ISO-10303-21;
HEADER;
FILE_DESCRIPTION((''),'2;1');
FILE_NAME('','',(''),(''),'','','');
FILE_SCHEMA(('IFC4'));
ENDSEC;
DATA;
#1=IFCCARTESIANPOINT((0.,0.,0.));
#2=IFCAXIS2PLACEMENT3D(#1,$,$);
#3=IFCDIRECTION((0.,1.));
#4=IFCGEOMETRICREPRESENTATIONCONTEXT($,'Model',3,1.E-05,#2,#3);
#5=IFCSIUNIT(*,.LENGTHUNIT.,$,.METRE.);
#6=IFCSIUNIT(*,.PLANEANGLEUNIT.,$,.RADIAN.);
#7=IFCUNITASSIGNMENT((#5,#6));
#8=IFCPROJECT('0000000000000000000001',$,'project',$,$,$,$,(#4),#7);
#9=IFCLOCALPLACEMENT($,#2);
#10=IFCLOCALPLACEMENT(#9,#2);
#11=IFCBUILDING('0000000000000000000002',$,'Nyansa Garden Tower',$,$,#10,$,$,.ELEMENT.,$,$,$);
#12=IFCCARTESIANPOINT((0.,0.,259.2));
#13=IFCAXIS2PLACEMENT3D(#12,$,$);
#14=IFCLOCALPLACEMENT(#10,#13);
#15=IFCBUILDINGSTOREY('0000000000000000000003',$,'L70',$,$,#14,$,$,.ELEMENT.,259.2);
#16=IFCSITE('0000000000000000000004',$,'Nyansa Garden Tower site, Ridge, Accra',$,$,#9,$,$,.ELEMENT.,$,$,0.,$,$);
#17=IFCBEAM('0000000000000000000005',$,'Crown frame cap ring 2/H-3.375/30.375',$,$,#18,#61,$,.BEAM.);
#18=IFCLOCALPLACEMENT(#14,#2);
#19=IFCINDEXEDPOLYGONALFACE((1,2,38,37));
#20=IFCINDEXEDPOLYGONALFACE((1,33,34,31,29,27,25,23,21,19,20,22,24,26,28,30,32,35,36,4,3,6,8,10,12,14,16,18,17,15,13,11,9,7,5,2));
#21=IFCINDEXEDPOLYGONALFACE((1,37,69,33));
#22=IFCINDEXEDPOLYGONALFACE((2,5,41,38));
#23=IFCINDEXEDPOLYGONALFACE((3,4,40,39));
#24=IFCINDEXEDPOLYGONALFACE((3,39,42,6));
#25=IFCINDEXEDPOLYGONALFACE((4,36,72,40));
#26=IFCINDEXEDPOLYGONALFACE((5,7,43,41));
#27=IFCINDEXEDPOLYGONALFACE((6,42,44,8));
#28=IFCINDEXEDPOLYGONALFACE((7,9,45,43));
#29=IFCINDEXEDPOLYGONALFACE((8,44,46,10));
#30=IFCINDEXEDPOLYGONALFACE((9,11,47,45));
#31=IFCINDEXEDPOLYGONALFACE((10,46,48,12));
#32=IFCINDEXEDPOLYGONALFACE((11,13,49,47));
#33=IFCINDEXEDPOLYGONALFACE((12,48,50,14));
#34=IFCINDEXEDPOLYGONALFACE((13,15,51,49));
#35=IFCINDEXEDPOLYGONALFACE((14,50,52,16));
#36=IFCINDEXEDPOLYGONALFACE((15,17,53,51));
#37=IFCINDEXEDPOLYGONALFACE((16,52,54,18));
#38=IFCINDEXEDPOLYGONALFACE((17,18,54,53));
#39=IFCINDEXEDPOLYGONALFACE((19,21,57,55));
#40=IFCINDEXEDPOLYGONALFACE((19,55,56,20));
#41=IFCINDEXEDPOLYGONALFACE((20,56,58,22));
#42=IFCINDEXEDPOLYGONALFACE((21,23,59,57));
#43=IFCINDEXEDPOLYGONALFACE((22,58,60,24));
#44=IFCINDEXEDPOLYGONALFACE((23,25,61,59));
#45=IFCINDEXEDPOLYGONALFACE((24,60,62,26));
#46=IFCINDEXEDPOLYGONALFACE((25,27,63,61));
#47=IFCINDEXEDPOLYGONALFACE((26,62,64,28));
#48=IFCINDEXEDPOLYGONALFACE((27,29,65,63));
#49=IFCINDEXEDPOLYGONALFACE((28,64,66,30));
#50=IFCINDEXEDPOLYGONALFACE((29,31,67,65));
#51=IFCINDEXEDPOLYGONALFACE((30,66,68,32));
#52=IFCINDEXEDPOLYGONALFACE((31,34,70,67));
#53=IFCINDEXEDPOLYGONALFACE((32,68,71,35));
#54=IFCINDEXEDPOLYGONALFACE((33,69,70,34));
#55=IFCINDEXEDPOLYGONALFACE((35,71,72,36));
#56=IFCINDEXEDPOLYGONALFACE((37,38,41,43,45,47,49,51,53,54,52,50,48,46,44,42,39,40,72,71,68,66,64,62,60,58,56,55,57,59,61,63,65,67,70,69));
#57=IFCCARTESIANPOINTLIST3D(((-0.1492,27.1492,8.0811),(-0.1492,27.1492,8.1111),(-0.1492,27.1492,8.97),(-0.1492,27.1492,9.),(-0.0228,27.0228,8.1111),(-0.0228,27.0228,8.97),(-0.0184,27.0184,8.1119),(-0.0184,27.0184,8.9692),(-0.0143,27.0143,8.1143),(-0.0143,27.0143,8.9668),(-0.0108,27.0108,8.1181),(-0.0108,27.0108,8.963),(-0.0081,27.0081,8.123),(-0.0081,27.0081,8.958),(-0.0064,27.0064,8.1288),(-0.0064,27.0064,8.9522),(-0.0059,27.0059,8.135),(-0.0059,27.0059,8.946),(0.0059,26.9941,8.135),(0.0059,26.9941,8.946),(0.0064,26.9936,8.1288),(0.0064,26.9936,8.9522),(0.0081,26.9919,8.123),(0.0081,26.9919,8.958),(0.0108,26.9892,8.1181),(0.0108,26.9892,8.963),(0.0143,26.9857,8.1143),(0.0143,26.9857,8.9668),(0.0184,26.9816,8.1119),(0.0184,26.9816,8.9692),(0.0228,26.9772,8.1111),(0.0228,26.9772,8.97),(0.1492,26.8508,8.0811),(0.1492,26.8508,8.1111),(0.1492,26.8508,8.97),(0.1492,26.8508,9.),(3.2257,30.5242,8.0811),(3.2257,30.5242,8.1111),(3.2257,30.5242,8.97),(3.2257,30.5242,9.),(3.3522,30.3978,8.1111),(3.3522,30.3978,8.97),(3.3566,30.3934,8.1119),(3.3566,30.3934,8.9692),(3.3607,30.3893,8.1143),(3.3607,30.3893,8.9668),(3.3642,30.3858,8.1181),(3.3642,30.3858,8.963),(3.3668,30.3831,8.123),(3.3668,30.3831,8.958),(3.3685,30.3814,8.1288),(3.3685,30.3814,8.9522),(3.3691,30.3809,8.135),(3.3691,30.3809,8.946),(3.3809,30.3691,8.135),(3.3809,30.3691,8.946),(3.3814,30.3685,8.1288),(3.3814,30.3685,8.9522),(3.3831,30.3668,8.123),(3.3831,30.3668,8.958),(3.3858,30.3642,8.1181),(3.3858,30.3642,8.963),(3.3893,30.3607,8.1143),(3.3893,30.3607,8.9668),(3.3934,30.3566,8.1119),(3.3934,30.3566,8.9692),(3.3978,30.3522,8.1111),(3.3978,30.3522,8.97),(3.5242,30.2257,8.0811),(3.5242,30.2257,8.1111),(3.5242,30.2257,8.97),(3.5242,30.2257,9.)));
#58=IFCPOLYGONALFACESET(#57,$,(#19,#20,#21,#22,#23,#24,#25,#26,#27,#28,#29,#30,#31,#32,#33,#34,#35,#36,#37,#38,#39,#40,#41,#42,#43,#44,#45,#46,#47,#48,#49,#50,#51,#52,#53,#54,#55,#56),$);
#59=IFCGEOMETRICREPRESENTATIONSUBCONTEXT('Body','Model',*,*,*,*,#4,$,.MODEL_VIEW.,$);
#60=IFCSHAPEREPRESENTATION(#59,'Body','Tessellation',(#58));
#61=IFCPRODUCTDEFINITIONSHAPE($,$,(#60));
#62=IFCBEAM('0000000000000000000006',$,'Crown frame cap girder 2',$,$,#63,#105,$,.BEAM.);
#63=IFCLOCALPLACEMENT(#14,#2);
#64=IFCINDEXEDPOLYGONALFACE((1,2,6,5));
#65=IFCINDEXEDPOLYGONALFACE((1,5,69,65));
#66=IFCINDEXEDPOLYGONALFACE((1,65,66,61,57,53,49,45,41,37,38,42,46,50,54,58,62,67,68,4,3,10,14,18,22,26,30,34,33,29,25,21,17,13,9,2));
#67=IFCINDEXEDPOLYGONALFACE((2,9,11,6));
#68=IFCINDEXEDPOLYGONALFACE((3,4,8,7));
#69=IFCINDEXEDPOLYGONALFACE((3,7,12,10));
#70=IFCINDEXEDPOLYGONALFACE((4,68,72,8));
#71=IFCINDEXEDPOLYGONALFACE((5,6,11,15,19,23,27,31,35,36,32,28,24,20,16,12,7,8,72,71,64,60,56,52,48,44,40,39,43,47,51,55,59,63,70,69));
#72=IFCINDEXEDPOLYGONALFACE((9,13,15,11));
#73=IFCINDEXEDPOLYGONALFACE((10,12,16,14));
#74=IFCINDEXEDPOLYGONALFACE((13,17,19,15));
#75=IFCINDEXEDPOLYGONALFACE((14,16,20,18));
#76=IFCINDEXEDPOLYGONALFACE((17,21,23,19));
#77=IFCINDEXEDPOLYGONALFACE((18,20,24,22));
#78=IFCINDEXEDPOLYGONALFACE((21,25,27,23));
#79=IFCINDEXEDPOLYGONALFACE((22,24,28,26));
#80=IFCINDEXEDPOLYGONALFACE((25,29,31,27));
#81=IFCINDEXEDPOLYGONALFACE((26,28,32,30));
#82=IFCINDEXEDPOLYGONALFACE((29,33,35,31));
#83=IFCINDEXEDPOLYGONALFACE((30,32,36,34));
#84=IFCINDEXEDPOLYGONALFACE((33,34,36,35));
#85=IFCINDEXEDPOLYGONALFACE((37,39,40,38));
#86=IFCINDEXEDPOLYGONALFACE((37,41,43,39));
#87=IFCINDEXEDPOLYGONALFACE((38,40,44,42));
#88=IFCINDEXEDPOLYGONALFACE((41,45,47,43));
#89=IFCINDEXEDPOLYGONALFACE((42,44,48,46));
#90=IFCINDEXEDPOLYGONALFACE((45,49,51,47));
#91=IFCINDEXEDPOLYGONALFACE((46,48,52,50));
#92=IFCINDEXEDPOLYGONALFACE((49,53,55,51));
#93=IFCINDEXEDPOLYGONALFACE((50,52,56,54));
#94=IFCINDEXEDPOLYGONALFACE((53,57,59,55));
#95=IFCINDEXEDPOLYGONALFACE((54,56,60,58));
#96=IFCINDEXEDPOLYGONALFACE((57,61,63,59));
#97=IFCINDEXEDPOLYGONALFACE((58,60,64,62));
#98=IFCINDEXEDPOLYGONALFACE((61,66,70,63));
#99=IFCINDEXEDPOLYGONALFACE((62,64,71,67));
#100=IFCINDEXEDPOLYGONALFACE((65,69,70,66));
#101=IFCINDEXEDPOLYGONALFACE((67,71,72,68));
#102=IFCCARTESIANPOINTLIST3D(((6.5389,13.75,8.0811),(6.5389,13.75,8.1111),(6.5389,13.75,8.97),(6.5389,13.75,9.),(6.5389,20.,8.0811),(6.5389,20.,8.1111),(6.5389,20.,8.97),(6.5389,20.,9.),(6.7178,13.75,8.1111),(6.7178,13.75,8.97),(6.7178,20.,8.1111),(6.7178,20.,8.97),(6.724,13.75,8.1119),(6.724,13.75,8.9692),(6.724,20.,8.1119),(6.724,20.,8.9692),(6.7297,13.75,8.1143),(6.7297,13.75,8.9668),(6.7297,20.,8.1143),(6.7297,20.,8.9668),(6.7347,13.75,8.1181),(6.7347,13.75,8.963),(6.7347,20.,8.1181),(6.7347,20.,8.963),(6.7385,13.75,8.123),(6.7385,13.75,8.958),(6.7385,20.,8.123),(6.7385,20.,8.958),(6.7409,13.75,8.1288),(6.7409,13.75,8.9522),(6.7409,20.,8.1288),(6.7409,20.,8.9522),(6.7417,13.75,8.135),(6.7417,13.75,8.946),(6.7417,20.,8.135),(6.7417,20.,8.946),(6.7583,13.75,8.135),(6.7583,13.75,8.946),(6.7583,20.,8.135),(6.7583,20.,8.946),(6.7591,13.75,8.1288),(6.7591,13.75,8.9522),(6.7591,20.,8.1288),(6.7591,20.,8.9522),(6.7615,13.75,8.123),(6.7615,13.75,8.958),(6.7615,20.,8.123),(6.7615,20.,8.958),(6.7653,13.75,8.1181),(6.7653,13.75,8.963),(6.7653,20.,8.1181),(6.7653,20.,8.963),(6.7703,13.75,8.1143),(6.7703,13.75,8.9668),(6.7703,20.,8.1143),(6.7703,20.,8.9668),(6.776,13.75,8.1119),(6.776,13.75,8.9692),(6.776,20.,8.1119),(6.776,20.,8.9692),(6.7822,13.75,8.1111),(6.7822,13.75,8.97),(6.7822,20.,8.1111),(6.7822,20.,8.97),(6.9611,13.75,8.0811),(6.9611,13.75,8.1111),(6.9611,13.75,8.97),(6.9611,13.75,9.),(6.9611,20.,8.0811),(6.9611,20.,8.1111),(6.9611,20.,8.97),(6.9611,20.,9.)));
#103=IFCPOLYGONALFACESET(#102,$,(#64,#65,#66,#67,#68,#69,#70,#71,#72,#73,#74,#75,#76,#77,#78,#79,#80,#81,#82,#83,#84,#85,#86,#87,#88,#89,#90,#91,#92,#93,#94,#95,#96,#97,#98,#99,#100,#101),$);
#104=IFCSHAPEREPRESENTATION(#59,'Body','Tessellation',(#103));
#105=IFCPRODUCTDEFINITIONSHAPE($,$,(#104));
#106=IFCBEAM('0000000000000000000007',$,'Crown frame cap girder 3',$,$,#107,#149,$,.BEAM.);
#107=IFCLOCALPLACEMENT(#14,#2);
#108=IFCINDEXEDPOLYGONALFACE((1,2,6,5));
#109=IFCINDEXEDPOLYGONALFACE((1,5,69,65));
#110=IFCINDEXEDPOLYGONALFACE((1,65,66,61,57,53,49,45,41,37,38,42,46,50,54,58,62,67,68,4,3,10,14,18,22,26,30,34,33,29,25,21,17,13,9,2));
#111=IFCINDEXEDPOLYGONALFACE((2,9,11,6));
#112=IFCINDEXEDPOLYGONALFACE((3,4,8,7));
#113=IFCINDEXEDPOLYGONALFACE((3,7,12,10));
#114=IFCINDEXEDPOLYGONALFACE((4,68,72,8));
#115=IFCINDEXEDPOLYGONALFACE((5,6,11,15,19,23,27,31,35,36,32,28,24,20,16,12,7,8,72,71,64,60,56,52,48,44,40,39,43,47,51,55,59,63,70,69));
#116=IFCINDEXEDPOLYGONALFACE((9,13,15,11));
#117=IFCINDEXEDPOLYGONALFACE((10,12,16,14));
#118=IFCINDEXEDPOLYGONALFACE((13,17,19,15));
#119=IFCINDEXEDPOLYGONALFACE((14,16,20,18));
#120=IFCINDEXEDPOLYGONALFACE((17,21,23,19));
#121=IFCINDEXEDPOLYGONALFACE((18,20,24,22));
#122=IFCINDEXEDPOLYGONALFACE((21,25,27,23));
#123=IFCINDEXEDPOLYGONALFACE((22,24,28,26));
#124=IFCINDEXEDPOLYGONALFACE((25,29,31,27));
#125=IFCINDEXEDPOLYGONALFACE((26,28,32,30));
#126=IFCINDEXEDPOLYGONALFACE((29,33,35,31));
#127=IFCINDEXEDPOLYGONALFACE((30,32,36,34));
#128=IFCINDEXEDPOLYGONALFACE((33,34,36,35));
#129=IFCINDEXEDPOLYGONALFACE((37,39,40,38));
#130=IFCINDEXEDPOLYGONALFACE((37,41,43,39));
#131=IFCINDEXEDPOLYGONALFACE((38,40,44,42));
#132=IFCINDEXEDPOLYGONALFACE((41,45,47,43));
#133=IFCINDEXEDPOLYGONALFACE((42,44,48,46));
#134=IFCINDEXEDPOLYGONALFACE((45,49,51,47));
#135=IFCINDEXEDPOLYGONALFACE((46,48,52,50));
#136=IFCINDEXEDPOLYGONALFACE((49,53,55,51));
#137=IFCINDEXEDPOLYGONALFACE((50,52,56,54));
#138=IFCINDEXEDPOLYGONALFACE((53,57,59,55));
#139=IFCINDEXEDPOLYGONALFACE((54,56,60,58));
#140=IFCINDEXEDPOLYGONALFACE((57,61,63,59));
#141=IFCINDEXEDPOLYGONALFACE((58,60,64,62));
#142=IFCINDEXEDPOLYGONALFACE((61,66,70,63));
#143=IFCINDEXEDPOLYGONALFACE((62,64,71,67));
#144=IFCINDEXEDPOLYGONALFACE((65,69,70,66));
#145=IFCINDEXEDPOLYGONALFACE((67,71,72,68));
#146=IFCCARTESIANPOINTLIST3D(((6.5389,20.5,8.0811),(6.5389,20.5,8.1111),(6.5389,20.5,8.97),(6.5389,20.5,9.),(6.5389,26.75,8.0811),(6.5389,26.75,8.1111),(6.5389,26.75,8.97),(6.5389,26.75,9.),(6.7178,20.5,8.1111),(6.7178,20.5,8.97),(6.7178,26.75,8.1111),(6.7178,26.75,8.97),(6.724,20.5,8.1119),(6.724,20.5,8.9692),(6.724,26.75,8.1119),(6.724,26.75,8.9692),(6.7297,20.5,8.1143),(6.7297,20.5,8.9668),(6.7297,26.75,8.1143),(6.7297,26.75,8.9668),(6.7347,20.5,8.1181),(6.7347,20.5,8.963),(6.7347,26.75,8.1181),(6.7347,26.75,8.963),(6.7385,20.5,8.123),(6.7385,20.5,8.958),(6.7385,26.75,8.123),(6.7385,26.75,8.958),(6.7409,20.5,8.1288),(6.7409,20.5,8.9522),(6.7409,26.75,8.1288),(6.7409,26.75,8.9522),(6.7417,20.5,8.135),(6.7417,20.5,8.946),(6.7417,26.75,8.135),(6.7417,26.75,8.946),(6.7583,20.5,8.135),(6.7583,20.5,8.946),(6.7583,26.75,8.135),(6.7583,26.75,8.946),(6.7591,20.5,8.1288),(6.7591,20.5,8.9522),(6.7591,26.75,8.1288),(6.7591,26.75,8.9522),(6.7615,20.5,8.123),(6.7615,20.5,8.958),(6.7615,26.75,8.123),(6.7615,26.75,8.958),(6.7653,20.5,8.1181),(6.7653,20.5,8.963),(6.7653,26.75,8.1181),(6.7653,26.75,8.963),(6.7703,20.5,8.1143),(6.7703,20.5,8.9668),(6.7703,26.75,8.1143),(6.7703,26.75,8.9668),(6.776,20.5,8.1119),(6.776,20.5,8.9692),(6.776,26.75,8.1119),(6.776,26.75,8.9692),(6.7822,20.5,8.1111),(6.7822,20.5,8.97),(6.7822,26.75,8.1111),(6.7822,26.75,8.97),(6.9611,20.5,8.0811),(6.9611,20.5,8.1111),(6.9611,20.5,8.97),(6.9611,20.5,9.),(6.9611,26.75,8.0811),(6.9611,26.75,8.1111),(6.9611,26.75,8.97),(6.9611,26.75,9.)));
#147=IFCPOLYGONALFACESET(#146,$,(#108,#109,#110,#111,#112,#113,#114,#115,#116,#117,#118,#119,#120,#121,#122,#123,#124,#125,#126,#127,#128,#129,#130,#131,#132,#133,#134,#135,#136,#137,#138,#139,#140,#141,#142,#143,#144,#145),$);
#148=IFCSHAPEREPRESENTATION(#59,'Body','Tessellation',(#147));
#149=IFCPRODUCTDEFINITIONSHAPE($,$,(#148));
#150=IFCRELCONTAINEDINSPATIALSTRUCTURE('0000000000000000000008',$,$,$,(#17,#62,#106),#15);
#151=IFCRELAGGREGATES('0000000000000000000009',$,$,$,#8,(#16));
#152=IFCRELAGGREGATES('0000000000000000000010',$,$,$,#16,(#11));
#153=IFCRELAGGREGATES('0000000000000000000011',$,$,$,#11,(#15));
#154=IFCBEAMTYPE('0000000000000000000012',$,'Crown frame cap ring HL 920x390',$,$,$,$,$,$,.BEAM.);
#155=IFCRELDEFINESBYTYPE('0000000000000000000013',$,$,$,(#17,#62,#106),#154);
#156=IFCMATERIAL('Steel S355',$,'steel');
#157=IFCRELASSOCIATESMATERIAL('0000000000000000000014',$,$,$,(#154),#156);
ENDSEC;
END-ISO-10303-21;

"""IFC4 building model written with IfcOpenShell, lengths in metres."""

from ifc_helpers import new_model, si_unit, direction, frame, origin, origin_2d, place, context, subcontext, project, spatial, i_section, extrude, material, material_profile, profile_set, type_object, element, save


model = new_model("IFC4")

# Units and contexts
model_context = context("Model", 3, precision=1e-05, world=origin(), true_north=direction((0.0, 1.0)))
body_context = subcontext(model_context, "Body", "Model", "MODEL_VIEW")
ifc_project = project(units=[si_unit("LENGTHUNIT", "METRE"), si_unit("PLANEANGLEUNIT", "RADIAN")], contexts=[model_context])

# Site, building, storey
site_placement = place(None, origin())
site = spatial("IfcSite", under=ifc_project, at=site_placement, Name="Nyansa Garden Tower site, Ridge, Accra", CompositionType="ELEMENT", RefElevation=0.0)
building_placement = place(site_placement, origin())
building = spatial("IfcBuilding", under=site, at=building_placement, Name="Nyansa Garden Tower", CompositionType="ELEMENT")
storey_placement = place(building_placement, frame((0.0, 0.0, 259.2)))
storey = spatial("IfcBuildingStorey", under=building, at=storey_placement, Name="L70", CompositionType="ELEMENT", Elevation=259.2)

# Beams
ifc_material_1 = material(Name="Steel S355", Category="steel")
ifc_material_profile_1 = material_profile(ifc_material_1, i_section(OverallWidth=0.4221, OverallDepth=0.9189, WebThickness=0.0166, FlangeThickness=0.03, FilletRadius=0.0239, at=origin_2d()), Name="HL 920x390")
ifc_profile_set_1 = profile_set([ifc_material_profile_1], Name="Steel S355")
beam_type_1 = type_object("IfcBeamType", Name="Crown frame cap ring HL 920x390", PredefinedType="BEAM", material=ifc_profile_set_1)
beam_1_placement = place(storey_placement, frame((0.0, 27.0, 8.5405), z_axis=(0.707107, 0.707107, 0.0), x_axis=(-0.707107, 0.707107, 0.0)))
element("IfcBeam", 1, at=beam_1_placement, inside=storey, type_object=beam_type_1, Name="Crown frame cap ring 2/H-3.375/30.375", PredefinedType="BEAM", context=body_context, shape_type="SweptSolid", body=[
    extrude(i_section(OverallWidth=0.4221, OverallDepth=0.9189, WebThickness=0.0166, FlangeThickness=0.03, FilletRadius=0.0239, at=origin_2d()), origin(), (0.0, 0.0, 1.0), 4.7729),
])
for number, where, z_axis, x_axis, name in (
    (2, (6.75, 13.75, 8.5405), (0.0, 1.0, 0.0), (-1.0, 0.0, 0.0), "Crown frame cap girder 2"),
    (3, (6.75, 20.5, 8.5405), (0.0, 1.0, 0.0), (-1.0, 0.0, 0.0), "Crown frame cap girder 3"),
):
    element("IfcBeam", number, at=place(storey_placement, frame(where, z_axis=z_axis, x_axis=x_axis)), inside=storey, type_object=beam_type_1, Name=name, PredefinedType="BEAM", context=body_context, shape_type="SweptSolid", body=[
        extrude(i_section(OverallWidth=0.4221, OverallDepth=0.9189, WebThickness=0.0166, FlangeThickness=0.03, FilletRadius=0.0239, at=origin_2d()), origin(), (0.0, 0.0, 1.0), 6.25),
    ])

save(model, "model.ifc")
